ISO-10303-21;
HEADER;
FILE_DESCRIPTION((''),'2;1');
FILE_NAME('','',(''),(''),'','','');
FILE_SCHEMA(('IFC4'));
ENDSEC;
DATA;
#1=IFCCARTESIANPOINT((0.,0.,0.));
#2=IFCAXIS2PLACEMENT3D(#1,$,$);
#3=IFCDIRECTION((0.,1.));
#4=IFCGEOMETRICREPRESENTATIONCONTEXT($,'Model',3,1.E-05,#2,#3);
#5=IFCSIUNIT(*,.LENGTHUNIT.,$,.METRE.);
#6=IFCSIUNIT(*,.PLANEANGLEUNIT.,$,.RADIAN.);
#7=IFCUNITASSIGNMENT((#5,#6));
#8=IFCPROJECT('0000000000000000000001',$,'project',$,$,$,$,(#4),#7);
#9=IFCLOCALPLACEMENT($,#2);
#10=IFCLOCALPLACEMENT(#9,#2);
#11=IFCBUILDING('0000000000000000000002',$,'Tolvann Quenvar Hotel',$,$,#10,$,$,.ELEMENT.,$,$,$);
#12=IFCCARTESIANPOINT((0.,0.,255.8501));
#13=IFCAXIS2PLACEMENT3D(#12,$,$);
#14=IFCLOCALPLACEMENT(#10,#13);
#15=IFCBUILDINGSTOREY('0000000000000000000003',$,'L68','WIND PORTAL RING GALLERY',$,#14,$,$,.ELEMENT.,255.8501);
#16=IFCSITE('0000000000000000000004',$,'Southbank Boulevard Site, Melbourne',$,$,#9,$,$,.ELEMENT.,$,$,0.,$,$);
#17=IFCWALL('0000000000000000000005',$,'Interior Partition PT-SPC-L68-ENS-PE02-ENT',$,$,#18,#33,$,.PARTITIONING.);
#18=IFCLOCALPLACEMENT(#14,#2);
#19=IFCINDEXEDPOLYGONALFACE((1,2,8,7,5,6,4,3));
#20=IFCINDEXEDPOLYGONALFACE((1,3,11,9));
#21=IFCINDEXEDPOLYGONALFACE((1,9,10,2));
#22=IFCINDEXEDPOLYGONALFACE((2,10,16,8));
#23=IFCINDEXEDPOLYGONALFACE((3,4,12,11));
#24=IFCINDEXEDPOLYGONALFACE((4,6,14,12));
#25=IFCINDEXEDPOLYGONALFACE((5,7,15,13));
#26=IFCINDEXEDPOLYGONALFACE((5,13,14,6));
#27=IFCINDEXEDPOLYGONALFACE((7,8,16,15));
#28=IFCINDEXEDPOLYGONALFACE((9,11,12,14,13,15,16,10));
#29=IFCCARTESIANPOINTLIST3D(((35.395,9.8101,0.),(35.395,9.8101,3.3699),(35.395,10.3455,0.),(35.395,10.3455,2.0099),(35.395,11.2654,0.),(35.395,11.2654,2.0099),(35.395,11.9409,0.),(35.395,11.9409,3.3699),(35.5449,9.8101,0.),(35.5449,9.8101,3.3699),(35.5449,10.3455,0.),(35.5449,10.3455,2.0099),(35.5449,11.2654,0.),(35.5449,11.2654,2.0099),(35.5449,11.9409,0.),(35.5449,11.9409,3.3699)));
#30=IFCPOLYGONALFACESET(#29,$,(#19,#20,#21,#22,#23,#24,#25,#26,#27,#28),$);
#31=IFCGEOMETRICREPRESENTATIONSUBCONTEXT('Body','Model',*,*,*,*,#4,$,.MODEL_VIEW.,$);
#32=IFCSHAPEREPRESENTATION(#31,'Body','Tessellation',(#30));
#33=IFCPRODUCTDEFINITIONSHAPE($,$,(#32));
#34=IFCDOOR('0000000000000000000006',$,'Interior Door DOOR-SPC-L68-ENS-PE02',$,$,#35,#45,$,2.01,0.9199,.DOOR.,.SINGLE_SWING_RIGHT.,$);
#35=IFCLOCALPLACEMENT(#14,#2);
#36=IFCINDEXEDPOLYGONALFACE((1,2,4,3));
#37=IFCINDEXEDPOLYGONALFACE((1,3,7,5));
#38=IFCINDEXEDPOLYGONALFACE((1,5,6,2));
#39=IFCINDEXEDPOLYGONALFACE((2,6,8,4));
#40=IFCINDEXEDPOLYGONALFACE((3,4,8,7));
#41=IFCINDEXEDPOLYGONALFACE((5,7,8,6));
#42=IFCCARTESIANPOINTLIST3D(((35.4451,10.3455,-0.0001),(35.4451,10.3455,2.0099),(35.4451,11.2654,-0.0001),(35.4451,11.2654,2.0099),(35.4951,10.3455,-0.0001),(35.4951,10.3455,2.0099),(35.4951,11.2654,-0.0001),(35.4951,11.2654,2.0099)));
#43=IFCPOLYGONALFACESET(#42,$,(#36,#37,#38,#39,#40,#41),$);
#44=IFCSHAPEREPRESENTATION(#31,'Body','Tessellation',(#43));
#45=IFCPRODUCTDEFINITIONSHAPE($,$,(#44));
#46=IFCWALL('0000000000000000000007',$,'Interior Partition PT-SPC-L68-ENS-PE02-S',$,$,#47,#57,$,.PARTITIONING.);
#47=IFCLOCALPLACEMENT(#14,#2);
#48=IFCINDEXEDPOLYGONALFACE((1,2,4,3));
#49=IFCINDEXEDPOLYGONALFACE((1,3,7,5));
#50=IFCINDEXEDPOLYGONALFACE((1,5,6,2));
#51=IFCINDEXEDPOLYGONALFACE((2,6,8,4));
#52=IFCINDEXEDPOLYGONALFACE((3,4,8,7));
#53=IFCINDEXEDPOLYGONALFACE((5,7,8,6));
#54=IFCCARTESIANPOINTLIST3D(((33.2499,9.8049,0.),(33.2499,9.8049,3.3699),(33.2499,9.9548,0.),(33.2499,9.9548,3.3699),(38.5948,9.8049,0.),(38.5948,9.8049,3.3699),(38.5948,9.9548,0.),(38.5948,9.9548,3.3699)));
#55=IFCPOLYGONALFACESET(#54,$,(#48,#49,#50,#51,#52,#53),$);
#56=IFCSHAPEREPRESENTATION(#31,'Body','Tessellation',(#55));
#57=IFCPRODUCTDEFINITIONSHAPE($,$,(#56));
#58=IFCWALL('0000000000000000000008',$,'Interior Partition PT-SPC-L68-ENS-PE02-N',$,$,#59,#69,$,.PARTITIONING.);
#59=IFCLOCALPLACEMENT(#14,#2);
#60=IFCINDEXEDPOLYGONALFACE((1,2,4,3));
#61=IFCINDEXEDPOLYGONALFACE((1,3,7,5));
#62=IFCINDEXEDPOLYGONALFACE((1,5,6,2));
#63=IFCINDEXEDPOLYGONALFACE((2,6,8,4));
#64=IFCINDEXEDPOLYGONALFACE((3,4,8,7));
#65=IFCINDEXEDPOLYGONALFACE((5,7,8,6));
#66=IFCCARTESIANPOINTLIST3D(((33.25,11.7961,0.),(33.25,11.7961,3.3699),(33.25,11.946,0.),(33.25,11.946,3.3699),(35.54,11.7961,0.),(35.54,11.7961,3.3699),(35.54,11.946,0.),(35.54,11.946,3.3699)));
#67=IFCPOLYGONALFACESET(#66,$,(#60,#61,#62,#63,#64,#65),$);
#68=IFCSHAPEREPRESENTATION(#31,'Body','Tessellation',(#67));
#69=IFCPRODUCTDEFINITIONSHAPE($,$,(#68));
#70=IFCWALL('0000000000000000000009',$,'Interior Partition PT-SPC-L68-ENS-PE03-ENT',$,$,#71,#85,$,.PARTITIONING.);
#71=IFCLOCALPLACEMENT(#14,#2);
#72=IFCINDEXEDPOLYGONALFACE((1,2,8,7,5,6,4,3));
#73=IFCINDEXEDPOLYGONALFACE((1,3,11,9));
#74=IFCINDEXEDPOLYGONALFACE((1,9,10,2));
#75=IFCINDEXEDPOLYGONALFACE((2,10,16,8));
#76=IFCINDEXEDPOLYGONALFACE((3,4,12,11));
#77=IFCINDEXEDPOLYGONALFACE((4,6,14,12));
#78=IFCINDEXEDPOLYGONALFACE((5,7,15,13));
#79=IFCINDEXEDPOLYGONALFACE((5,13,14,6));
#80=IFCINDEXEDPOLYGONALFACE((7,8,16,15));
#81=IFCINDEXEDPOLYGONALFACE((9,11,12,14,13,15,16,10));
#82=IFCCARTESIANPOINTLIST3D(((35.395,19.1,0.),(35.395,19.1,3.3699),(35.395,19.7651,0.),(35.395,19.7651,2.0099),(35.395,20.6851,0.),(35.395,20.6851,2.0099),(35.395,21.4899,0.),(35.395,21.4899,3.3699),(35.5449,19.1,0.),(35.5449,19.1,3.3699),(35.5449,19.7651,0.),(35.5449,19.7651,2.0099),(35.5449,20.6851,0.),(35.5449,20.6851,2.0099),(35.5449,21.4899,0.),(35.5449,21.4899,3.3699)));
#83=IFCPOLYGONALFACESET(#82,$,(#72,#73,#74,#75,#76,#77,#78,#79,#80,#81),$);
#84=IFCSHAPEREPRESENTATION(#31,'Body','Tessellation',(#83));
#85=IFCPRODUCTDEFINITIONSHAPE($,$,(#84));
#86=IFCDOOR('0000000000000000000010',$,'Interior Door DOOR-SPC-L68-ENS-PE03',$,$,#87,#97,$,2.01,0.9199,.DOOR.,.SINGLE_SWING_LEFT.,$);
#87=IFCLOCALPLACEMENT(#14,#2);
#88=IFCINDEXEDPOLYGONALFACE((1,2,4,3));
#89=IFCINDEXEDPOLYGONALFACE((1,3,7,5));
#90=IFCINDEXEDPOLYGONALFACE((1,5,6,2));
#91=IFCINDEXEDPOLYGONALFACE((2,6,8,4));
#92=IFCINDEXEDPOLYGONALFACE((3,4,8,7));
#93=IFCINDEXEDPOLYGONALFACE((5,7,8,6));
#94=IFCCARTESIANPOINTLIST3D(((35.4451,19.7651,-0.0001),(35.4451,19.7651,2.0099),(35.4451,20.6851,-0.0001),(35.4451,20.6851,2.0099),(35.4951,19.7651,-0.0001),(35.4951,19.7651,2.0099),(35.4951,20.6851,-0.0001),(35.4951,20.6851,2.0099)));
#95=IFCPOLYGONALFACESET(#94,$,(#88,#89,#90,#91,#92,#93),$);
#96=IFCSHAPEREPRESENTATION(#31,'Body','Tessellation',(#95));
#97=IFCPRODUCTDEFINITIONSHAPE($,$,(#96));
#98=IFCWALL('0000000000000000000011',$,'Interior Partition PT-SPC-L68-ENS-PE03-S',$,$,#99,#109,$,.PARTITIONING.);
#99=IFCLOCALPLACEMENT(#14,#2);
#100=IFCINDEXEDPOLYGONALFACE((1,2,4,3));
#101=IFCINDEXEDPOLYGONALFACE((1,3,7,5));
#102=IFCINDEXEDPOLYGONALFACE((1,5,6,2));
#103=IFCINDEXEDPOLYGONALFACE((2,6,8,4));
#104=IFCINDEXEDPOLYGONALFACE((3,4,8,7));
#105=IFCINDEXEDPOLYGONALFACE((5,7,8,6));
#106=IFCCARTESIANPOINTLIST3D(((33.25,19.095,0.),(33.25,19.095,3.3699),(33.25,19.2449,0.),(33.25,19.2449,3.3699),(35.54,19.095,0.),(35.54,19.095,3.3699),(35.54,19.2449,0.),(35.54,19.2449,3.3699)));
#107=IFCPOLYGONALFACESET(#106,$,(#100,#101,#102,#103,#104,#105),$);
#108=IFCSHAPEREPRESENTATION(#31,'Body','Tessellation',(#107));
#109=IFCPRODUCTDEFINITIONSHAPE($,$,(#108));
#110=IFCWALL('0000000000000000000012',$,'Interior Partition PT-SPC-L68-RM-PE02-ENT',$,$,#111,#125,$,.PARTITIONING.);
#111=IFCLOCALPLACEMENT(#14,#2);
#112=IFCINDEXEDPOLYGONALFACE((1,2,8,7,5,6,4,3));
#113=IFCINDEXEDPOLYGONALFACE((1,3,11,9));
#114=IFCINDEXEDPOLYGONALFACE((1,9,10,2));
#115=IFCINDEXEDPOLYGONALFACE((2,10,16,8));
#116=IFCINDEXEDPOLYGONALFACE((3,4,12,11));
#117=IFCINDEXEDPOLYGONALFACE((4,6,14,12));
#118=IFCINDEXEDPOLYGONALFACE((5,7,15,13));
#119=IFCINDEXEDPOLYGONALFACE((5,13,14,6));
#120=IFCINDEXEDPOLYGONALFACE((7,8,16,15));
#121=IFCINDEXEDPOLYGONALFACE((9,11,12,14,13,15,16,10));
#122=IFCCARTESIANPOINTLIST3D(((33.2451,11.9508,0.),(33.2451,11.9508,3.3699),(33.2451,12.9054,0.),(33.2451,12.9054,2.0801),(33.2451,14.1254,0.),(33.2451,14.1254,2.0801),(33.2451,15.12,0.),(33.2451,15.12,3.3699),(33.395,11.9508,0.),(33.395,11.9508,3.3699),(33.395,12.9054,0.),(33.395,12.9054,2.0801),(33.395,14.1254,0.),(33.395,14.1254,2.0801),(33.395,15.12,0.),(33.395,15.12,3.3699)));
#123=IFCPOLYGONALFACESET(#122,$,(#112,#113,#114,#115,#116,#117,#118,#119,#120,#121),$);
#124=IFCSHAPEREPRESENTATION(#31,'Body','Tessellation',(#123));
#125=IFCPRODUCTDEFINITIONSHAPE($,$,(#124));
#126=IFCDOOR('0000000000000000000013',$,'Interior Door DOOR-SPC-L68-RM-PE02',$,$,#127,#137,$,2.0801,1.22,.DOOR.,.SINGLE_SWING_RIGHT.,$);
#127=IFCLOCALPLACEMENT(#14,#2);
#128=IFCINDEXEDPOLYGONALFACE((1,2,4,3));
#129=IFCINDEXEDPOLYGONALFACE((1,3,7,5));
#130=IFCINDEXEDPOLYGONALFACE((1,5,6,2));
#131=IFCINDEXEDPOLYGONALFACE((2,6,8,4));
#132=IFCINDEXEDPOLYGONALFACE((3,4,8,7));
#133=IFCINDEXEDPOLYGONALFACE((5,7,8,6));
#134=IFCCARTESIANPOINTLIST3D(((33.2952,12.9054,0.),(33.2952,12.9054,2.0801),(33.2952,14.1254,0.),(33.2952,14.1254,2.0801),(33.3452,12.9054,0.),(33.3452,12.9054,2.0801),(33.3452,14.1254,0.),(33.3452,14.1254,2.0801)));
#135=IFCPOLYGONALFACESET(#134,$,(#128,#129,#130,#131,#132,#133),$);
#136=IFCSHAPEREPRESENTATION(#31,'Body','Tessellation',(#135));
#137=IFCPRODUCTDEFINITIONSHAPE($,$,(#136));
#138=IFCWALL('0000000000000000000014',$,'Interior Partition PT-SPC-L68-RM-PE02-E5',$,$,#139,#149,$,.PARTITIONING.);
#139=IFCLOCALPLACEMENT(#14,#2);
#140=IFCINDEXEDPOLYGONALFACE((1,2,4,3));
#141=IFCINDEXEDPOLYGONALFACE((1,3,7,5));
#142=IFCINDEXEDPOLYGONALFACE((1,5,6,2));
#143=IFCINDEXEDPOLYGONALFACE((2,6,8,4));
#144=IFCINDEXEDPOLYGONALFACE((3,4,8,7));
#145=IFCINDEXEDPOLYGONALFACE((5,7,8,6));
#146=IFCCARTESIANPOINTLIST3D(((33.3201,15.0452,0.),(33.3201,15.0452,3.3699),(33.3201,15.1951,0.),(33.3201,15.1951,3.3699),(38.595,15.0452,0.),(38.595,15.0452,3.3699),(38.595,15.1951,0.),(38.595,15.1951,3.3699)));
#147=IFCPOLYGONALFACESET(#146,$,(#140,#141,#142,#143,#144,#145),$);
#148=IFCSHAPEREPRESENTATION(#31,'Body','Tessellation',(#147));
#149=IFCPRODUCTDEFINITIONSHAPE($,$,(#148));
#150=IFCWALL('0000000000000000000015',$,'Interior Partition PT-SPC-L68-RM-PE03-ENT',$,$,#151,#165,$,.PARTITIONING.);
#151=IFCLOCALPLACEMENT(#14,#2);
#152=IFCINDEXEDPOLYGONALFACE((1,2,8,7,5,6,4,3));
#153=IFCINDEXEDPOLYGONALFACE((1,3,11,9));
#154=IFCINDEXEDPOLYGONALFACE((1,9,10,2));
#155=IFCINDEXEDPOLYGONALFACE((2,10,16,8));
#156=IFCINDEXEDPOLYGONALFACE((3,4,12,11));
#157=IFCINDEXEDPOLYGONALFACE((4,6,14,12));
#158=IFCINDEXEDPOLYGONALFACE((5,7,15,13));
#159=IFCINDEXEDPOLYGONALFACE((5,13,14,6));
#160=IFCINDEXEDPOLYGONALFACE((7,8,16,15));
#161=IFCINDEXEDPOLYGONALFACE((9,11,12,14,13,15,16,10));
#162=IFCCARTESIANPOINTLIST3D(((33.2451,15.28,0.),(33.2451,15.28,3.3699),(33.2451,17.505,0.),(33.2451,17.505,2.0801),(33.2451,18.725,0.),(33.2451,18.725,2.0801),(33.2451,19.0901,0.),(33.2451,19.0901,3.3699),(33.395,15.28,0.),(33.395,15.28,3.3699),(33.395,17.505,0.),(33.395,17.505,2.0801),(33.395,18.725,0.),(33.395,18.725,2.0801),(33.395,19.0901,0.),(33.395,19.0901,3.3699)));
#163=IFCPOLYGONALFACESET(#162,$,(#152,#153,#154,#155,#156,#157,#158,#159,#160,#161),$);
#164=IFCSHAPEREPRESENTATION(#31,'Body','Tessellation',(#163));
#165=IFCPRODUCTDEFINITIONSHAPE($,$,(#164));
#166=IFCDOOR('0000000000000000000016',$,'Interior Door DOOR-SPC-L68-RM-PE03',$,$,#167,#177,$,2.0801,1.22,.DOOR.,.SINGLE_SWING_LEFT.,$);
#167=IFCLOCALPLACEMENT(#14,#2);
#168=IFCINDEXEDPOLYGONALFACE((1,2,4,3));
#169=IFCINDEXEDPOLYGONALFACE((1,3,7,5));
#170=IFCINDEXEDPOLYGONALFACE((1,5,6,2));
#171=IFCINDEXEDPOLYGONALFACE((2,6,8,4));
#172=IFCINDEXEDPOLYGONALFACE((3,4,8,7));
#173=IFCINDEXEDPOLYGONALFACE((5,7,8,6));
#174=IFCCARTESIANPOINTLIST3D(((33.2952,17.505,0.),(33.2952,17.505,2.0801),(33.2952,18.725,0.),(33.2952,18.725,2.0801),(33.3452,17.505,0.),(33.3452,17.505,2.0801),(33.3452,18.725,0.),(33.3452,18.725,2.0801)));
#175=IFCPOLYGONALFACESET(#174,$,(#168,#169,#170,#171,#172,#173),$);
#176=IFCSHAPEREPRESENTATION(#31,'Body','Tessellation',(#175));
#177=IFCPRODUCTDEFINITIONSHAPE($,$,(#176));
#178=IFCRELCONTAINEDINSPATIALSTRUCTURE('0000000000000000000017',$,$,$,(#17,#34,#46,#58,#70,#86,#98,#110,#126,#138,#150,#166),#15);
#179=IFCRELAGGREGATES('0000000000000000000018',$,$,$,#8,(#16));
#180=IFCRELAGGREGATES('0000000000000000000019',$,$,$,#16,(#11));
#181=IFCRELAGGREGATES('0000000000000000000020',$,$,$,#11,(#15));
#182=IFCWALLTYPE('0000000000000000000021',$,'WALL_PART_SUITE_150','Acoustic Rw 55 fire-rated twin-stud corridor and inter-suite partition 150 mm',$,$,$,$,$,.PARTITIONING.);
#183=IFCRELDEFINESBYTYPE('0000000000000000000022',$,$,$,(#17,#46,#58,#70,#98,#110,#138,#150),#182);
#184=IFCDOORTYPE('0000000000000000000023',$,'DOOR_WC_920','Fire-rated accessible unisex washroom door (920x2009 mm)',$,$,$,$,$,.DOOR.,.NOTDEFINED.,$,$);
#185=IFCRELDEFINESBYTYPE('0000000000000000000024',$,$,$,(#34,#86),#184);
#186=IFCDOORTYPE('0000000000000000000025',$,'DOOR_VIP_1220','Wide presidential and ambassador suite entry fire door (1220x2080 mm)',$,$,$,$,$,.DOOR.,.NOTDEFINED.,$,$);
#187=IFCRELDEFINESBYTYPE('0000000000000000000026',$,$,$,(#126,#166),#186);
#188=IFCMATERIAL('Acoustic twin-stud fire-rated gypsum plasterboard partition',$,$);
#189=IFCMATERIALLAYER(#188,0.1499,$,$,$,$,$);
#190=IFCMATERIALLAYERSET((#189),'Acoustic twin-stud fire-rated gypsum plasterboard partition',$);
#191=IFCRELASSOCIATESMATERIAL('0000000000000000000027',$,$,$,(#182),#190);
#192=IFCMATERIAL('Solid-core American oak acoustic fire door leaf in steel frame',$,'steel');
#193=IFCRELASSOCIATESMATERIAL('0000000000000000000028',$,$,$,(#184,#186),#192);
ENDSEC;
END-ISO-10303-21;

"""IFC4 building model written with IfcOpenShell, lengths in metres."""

from ifc_helpers import new_model, si_unit, direction, frame, frame_2d, origin, place, context, subcontext, project, spatial, rectangle, extrude, source, transform, mapped, material, layer, layer_set, type_object, type_shapes, element, fill, save


model = new_model("IFC4")

# Units and contexts
model_context = context("Model", 3, precision=1e-05, world=origin(), true_north=direction((0.0, 1.0)))
body_context = subcontext(model_context, "Body", "Model", "MODEL_VIEW")
ifc_project = project(units=[si_unit("LENGTHUNIT", "METRE"), si_unit("PLANEANGLEUNIT", "RADIAN")], contexts=[model_context])

# Site, building, storey
site_placement = place(None, origin())
site = spatial("IfcSite", under=ifc_project, at=site_placement, Name="Southbank Boulevard Site, Melbourne", CompositionType="ELEMENT", RefElevation=0.0)
building_placement = place(site_placement, origin())
building = spatial("IfcBuilding", under=site, at=building_placement, Name="Tolvann Quenvar Hotel", CompositionType="ELEMENT")
storey_placement = place(building_placement, frame((0.0, 0.0, 255.8501)))
storey = spatial("IfcBuildingStorey", under=building, at=storey_placement, Name="L68", Description="WIND PORTAL RING GALLERY", CompositionType="ELEMENT", Elevation=255.8501)

# Wall, opening, door
ifc_material_1 = material(Name="Acoustic twin-stud fire-rated gypsum plasterboard partition")
ifc_layer_1 = layer(ifc_material_1, 0.1499)
ifc_layer_set_1 = layer_set([ifc_layer_1], Name="Acoustic twin-stud fire-rated gypsum plasterboard partition")
wall_type_1 = type_object("IfcWallType", Name="WALL_PART_SUITE_150", Description="Acoustic Rw 55 fire-rated twin-stud corridor and inter-suite partition 150 mm", PredefinedType="PARTITIONING", material=ifc_layer_set_1)
wall_1_placement = place(storey_placement, frame((35.47, 9.8101, 0.0), z_axis=(0.0, 0.0, 1.0), x_axis=(0.0, 1.0, 0.0)))
wall_1 = element("IfcWall", 1, at=wall_1_placement, inside=storey, type_object=wall_type_1, Name="Interior Partition PT-SPC-L68-ENS-PE02-ENT", PredefinedType="PARTITIONING", context=body_context, shape_type="SweptSolid", body=[
    extrude(rectangle(XDim=2.1309, YDim=0.1499, at=frame_2d((1.0654, 0.0))), origin(), (0.0, 0.0, 1.0), 3.3699),
])
opening_1_placement = place(wall_1_placement, frame((0.5354, 0.0, 0.0)))
opening_1 = element("IfcOpeningElement", 2, at=opening_1_placement, cuts=wall_1, PredefinedType="OPENING", context=body_context, shape_type="SweptSolid", body=[
    extrude(rectangle(XDim=0.9199, YDim=2.01, at=frame_2d((0.46, 1.0049))), frame((0.0, 0.085, 0.0), z_axis=(0.0, -1.0, 0.0), x_axis=(1.0, 0.0, 0.0)), (0.0, 0.0, 1.0), 0.1699),
])
ifc_material_2 = material(Name="Solid-core American oak acoustic fire door leaf in steel frame", Category="steel")
door_type_1 = type_object("IfcDoorType", Name="DOOR_WC_920", Description="Fire-rated accessible unisex washroom door (920x2009 mm)", OperationType="NOTDEFINED", PredefinedType="DOOR", material=ifc_material_2)
shared_shape_1 = source(origin(), body_context, "Body", "SweptSolid", [
    extrude(rectangle(XDim=0.9199, YDim=2.01, at=frame_2d((0.46, 1.0049))), frame((0.0, 0.0249, 0.0), z_axis=(0.0, -1.0, 0.0), x_axis=(1.0, 0.0, 0.0)), (0.0, 0.0, 1.0), 0.05),
])
type_shapes(door_type_1, [shared_shape_1])
door_1_placement = place(opening_1_placement, origin())
door_1 = element("IfcDoor", 3, at=door_1_placement, inside=storey, type_object=door_type_1, Name="Interior Door DOOR-SPC-L68-ENS-PE02", OperationType="SINGLE_SWING_RIGHT", OverallHeight=2.01, OverallWidth=0.9199, PredefinedType="DOOR", context=body_context, shape_type="MappedRepresentation", body=[
    mapped(shared_shape_1, transform((0.0, 0.0, 0.0), x_axis=(1.0, 0.0, 0.0), y_axis=(0.0, 1.0, 0.0), z_axis=(0.0, 0.0, 1.0), scale=1.0)),
])
fill(opening_1, door_1)

# Walls
wall_2_placement = place(storey_placement, frame((33.25, 9.8799, 0.0), z_axis=(0.0, 0.0, 1.0), x_axis=(1.0, 0.0, 0.0)))
element("IfcWall", 4, at=wall_2_placement, inside=storey, type_object=wall_type_1, Name="Interior Partition PT-SPC-L68-ENS-PE02-S", PredefinedType="PARTITIONING", context=body_context, shape_type="SweptSolid", body=[
    extrude(rectangle(XDim=5.345, YDim=0.1499, at=frame_2d((2.6724, 0.0))), origin(), (0.0, 0.0, 1.0), 3.3699),
])
wall_3_placement = place(storey_placement, frame((33.25, 11.8711, 0.0), z_axis=(0.0, 0.0, 1.0), x_axis=(1.0, 0.0, 0.0)))
element("IfcWall", 5, at=wall_3_placement, inside=storey, type_object=wall_type_1, Name="Interior Partition PT-SPC-L68-ENS-PE02-N", PredefinedType="PARTITIONING", context=body_context, shape_type="SweptSolid", body=[
    extrude(rectangle(XDim=2.29, YDim=0.1499, at=frame_2d((1.145, 0.0))), origin(), (0.0, 0.0, 1.0), 3.3699),
])

# Wall, opening, door
wall_4_placement = place(storey_placement, frame((35.47, 19.1001, 0.0), z_axis=(0.0, 0.0, 1.0), x_axis=(0.0, 1.0, 0.0)))
wall_4 = element("IfcWall", 6, at=wall_4_placement, inside=storey, type_object=wall_type_1, Name="Interior Partition PT-SPC-L68-ENS-PE03-ENT", PredefinedType="PARTITIONING", context=body_context, shape_type="SweptSolid", body=[
    extrude(rectangle(XDim=2.3899, YDim=0.1499, at=frame_2d((1.1948, 0.0))), origin(), (0.0, 0.0, 1.0), 3.3699),
])
opening_2_placement = place(wall_4_placement, frame((0.665, 0.0, 0.0)))
opening_2 = element("IfcOpeningElement", 7, at=opening_2_placement, cuts=wall_4, PredefinedType="OPENING", context=body_context, shape_type="SweptSolid", body=[
    extrude(rectangle(XDim=0.9199, YDim=2.01, at=frame_2d((0.46, 1.0049))), frame((0.0, 0.085, 0.0), z_axis=(0.0, -1.0, 0.0), x_axis=(1.0, 0.0, 0.0)), (0.0, 0.0, 1.0), 0.1699),
])
door_2_placement = place(opening_2_placement, origin())
door_2 = element("IfcDoor", 8, at=door_2_placement, inside=storey, type_object=door_type_1, Name="Interior Door DOOR-SPC-L68-ENS-PE03", OperationType="SINGLE_SWING_LEFT", OverallHeight=2.01, OverallWidth=0.9199, PredefinedType="DOOR", context=body_context, shape_type="MappedRepresentation", body=[
    mapped(shared_shape_1, transform((0.0, 0.0, 0.0), x_axis=(1.0, 0.0, 0.0), y_axis=(0.0, 1.0, 0.0), z_axis=(0.0, 0.0, 1.0), scale=1.0)),
])
fill(opening_2, door_2)

# Wall
wall_5_placement = place(storey_placement, frame((33.25, 19.1699, 0.0), z_axis=(0.0, 0.0, 1.0), x_axis=(1.0, 0.0, 0.0)))
element("IfcWall", 9, at=wall_5_placement, inside=storey, type_object=wall_type_1, Name="Interior Partition PT-SPC-L68-ENS-PE03-S", PredefinedType="PARTITIONING", context=body_context, shape_type="SweptSolid", body=[
    extrude(rectangle(XDim=2.29, YDim=0.1499, at=frame_2d((1.145, 0.0))), origin(), (0.0, 0.0, 1.0), 3.3699),
])

# Wall, opening, door
wall_6_placement = place(storey_placement, frame((33.3201, 11.9509, 0.0), z_axis=(0.0, 0.0, 1.0), x_axis=(0.0, 1.0, 0.0)))
wall_6 = element("IfcWall", 10, at=wall_6_placement, inside=storey, type_object=wall_type_1, Name="Interior Partition PT-SPC-L68-RM-PE02-ENT", PredefinedType="PARTITIONING", context=body_context, shape_type="SweptSolid", body=[
    extrude(rectangle(XDim=3.1692, YDim=0.1499, at=frame_2d((1.5845, 0.0))), origin(), (0.0, 0.0, 1.0), 3.3699),
])
opening_3_placement = place(wall_6_placement, frame((0.9546, 0.0, 0.0)))
opening_3 = element("IfcOpeningElement", 11, at=opening_3_placement, cuts=wall_6, PredefinedType="OPENING", context=body_context, shape_type="SweptSolid", body=[
    extrude(rectangle(XDim=1.22, YDim=2.0801, at=frame_2d((0.6099, 1.04))), frame((0.0, 0.085, 0.0), z_axis=(0.0, -1.0, 0.0), x_axis=(1.0, 0.0, 0.0)), (0.0, 0.0, 1.0), 0.1699),
])
door_type_2 = type_object("IfcDoorType", Name="DOOR_VIP_1220", Description="Wide presidential and ambassador suite entry fire door (1220x2080 mm)", OperationType="NOTDEFINED", PredefinedType="DOOR", material=ifc_material_2)
shared_shape_2 = source(origin(), body_context, "Body", "SweptSolid", [
    extrude(rectangle(XDim=1.22, YDim=2.0801, at=frame_2d((0.6099, 1.04))), frame((0.0, 0.0249, 0.0), z_axis=(0.0, -1.0, 0.0), x_axis=(1.0, 0.0, 0.0)), (0.0, 0.0, 1.0), 0.05),
])
type_shapes(door_type_2, [shared_shape_2])
door_3_placement = place(opening_3_placement, origin())
door_3 = element("IfcDoor", 12, at=door_3_placement, inside=storey, type_object=door_type_2, Name="Interior Door DOOR-SPC-L68-RM-PE02", OperationType="SINGLE_SWING_RIGHT", OverallHeight=2.0801, OverallWidth=1.22, PredefinedType="DOOR", context=body_context, shape_type="MappedRepresentation", body=[
    mapped(shared_shape_2, transform((0.0, 0.0, 0.0), x_axis=(1.0, 0.0, 0.0), y_axis=(0.0, 1.0, 0.0), z_axis=(0.0, 0.0, 1.0), scale=1.0)),
])
fill(opening_3, door_3)

# Wall
wall_7_placement = place(storey_placement, frame((33.3201, 15.1201, 0.0), z_axis=(0.0, 0.0, 1.0), x_axis=(1.0, 0.0, 0.0)))
element("IfcWall", 13, at=wall_7_placement, inside=storey, type_object=wall_type_1, Name="Interior Partition PT-SPC-L68-RM-PE02-E5", PredefinedType="PARTITIONING", context=body_context, shape_type="SweptSolid", body=[
    extrude(rectangle(XDim=5.2749, YDim=0.1499, at=frame_2d((2.6375, 0.0))), origin(), (0.0, 0.0, 1.0), 3.3699),
])

# Wall, opening, door
wall_8_placement = place(storey_placement, frame((33.3201, 15.28, 0.0), z_axis=(0.0, 0.0, 1.0), x_axis=(0.0, 1.0, 0.0)))
wall_8 = element("IfcWall", 14, at=wall_8_placement, inside=storey, type_object=wall_type_1, Name="Interior Partition PT-SPC-L68-RM-PE03-ENT", PredefinedType="PARTITIONING", context=body_context, shape_type="SweptSolid", body=[
    extrude(rectangle(XDim=3.8101, YDim=0.1499, at=frame_2d((1.905, 0.0))), origin(), (0.0, 0.0, 1.0), 3.3699),
])
opening_4_placement = place(wall_8_placement, frame((2.2251, 0.0, 0.0)))
opening_4 = element("IfcOpeningElement", 15, at=opening_4_placement, cuts=wall_8, PredefinedType="OPENING", context=body_context, shape_type="SweptSolid", body=[
    extrude(rectangle(XDim=1.22, YDim=2.0801, at=frame_2d((0.6099, 1.04))), frame((0.0, 0.085, 0.0), z_axis=(0.0, -1.0, 0.0), x_axis=(1.0, 0.0, 0.0)), (0.0, 0.0, 1.0), 0.1699),
])
door_4_placement = place(opening_4_placement, origin())
door_4 = element("IfcDoor", 16, at=door_4_placement, inside=storey, type_object=door_type_2, Name="Interior Door DOOR-SPC-L68-RM-PE03", OperationType="SINGLE_SWING_LEFT", OverallHeight=2.0801, OverallWidth=1.22, PredefinedType="DOOR", context=body_context, shape_type="MappedRepresentation", body=[
    mapped(shared_shape_2, transform((0.0, 0.0, 0.0), x_axis=(1.0, 0.0, 0.0), y_axis=(0.0, 1.0, 0.0), z_axis=(0.0, 0.0, 1.0), scale=1.0)),
])
fill(opening_4, door_4)

save(model, "model.ifc")
